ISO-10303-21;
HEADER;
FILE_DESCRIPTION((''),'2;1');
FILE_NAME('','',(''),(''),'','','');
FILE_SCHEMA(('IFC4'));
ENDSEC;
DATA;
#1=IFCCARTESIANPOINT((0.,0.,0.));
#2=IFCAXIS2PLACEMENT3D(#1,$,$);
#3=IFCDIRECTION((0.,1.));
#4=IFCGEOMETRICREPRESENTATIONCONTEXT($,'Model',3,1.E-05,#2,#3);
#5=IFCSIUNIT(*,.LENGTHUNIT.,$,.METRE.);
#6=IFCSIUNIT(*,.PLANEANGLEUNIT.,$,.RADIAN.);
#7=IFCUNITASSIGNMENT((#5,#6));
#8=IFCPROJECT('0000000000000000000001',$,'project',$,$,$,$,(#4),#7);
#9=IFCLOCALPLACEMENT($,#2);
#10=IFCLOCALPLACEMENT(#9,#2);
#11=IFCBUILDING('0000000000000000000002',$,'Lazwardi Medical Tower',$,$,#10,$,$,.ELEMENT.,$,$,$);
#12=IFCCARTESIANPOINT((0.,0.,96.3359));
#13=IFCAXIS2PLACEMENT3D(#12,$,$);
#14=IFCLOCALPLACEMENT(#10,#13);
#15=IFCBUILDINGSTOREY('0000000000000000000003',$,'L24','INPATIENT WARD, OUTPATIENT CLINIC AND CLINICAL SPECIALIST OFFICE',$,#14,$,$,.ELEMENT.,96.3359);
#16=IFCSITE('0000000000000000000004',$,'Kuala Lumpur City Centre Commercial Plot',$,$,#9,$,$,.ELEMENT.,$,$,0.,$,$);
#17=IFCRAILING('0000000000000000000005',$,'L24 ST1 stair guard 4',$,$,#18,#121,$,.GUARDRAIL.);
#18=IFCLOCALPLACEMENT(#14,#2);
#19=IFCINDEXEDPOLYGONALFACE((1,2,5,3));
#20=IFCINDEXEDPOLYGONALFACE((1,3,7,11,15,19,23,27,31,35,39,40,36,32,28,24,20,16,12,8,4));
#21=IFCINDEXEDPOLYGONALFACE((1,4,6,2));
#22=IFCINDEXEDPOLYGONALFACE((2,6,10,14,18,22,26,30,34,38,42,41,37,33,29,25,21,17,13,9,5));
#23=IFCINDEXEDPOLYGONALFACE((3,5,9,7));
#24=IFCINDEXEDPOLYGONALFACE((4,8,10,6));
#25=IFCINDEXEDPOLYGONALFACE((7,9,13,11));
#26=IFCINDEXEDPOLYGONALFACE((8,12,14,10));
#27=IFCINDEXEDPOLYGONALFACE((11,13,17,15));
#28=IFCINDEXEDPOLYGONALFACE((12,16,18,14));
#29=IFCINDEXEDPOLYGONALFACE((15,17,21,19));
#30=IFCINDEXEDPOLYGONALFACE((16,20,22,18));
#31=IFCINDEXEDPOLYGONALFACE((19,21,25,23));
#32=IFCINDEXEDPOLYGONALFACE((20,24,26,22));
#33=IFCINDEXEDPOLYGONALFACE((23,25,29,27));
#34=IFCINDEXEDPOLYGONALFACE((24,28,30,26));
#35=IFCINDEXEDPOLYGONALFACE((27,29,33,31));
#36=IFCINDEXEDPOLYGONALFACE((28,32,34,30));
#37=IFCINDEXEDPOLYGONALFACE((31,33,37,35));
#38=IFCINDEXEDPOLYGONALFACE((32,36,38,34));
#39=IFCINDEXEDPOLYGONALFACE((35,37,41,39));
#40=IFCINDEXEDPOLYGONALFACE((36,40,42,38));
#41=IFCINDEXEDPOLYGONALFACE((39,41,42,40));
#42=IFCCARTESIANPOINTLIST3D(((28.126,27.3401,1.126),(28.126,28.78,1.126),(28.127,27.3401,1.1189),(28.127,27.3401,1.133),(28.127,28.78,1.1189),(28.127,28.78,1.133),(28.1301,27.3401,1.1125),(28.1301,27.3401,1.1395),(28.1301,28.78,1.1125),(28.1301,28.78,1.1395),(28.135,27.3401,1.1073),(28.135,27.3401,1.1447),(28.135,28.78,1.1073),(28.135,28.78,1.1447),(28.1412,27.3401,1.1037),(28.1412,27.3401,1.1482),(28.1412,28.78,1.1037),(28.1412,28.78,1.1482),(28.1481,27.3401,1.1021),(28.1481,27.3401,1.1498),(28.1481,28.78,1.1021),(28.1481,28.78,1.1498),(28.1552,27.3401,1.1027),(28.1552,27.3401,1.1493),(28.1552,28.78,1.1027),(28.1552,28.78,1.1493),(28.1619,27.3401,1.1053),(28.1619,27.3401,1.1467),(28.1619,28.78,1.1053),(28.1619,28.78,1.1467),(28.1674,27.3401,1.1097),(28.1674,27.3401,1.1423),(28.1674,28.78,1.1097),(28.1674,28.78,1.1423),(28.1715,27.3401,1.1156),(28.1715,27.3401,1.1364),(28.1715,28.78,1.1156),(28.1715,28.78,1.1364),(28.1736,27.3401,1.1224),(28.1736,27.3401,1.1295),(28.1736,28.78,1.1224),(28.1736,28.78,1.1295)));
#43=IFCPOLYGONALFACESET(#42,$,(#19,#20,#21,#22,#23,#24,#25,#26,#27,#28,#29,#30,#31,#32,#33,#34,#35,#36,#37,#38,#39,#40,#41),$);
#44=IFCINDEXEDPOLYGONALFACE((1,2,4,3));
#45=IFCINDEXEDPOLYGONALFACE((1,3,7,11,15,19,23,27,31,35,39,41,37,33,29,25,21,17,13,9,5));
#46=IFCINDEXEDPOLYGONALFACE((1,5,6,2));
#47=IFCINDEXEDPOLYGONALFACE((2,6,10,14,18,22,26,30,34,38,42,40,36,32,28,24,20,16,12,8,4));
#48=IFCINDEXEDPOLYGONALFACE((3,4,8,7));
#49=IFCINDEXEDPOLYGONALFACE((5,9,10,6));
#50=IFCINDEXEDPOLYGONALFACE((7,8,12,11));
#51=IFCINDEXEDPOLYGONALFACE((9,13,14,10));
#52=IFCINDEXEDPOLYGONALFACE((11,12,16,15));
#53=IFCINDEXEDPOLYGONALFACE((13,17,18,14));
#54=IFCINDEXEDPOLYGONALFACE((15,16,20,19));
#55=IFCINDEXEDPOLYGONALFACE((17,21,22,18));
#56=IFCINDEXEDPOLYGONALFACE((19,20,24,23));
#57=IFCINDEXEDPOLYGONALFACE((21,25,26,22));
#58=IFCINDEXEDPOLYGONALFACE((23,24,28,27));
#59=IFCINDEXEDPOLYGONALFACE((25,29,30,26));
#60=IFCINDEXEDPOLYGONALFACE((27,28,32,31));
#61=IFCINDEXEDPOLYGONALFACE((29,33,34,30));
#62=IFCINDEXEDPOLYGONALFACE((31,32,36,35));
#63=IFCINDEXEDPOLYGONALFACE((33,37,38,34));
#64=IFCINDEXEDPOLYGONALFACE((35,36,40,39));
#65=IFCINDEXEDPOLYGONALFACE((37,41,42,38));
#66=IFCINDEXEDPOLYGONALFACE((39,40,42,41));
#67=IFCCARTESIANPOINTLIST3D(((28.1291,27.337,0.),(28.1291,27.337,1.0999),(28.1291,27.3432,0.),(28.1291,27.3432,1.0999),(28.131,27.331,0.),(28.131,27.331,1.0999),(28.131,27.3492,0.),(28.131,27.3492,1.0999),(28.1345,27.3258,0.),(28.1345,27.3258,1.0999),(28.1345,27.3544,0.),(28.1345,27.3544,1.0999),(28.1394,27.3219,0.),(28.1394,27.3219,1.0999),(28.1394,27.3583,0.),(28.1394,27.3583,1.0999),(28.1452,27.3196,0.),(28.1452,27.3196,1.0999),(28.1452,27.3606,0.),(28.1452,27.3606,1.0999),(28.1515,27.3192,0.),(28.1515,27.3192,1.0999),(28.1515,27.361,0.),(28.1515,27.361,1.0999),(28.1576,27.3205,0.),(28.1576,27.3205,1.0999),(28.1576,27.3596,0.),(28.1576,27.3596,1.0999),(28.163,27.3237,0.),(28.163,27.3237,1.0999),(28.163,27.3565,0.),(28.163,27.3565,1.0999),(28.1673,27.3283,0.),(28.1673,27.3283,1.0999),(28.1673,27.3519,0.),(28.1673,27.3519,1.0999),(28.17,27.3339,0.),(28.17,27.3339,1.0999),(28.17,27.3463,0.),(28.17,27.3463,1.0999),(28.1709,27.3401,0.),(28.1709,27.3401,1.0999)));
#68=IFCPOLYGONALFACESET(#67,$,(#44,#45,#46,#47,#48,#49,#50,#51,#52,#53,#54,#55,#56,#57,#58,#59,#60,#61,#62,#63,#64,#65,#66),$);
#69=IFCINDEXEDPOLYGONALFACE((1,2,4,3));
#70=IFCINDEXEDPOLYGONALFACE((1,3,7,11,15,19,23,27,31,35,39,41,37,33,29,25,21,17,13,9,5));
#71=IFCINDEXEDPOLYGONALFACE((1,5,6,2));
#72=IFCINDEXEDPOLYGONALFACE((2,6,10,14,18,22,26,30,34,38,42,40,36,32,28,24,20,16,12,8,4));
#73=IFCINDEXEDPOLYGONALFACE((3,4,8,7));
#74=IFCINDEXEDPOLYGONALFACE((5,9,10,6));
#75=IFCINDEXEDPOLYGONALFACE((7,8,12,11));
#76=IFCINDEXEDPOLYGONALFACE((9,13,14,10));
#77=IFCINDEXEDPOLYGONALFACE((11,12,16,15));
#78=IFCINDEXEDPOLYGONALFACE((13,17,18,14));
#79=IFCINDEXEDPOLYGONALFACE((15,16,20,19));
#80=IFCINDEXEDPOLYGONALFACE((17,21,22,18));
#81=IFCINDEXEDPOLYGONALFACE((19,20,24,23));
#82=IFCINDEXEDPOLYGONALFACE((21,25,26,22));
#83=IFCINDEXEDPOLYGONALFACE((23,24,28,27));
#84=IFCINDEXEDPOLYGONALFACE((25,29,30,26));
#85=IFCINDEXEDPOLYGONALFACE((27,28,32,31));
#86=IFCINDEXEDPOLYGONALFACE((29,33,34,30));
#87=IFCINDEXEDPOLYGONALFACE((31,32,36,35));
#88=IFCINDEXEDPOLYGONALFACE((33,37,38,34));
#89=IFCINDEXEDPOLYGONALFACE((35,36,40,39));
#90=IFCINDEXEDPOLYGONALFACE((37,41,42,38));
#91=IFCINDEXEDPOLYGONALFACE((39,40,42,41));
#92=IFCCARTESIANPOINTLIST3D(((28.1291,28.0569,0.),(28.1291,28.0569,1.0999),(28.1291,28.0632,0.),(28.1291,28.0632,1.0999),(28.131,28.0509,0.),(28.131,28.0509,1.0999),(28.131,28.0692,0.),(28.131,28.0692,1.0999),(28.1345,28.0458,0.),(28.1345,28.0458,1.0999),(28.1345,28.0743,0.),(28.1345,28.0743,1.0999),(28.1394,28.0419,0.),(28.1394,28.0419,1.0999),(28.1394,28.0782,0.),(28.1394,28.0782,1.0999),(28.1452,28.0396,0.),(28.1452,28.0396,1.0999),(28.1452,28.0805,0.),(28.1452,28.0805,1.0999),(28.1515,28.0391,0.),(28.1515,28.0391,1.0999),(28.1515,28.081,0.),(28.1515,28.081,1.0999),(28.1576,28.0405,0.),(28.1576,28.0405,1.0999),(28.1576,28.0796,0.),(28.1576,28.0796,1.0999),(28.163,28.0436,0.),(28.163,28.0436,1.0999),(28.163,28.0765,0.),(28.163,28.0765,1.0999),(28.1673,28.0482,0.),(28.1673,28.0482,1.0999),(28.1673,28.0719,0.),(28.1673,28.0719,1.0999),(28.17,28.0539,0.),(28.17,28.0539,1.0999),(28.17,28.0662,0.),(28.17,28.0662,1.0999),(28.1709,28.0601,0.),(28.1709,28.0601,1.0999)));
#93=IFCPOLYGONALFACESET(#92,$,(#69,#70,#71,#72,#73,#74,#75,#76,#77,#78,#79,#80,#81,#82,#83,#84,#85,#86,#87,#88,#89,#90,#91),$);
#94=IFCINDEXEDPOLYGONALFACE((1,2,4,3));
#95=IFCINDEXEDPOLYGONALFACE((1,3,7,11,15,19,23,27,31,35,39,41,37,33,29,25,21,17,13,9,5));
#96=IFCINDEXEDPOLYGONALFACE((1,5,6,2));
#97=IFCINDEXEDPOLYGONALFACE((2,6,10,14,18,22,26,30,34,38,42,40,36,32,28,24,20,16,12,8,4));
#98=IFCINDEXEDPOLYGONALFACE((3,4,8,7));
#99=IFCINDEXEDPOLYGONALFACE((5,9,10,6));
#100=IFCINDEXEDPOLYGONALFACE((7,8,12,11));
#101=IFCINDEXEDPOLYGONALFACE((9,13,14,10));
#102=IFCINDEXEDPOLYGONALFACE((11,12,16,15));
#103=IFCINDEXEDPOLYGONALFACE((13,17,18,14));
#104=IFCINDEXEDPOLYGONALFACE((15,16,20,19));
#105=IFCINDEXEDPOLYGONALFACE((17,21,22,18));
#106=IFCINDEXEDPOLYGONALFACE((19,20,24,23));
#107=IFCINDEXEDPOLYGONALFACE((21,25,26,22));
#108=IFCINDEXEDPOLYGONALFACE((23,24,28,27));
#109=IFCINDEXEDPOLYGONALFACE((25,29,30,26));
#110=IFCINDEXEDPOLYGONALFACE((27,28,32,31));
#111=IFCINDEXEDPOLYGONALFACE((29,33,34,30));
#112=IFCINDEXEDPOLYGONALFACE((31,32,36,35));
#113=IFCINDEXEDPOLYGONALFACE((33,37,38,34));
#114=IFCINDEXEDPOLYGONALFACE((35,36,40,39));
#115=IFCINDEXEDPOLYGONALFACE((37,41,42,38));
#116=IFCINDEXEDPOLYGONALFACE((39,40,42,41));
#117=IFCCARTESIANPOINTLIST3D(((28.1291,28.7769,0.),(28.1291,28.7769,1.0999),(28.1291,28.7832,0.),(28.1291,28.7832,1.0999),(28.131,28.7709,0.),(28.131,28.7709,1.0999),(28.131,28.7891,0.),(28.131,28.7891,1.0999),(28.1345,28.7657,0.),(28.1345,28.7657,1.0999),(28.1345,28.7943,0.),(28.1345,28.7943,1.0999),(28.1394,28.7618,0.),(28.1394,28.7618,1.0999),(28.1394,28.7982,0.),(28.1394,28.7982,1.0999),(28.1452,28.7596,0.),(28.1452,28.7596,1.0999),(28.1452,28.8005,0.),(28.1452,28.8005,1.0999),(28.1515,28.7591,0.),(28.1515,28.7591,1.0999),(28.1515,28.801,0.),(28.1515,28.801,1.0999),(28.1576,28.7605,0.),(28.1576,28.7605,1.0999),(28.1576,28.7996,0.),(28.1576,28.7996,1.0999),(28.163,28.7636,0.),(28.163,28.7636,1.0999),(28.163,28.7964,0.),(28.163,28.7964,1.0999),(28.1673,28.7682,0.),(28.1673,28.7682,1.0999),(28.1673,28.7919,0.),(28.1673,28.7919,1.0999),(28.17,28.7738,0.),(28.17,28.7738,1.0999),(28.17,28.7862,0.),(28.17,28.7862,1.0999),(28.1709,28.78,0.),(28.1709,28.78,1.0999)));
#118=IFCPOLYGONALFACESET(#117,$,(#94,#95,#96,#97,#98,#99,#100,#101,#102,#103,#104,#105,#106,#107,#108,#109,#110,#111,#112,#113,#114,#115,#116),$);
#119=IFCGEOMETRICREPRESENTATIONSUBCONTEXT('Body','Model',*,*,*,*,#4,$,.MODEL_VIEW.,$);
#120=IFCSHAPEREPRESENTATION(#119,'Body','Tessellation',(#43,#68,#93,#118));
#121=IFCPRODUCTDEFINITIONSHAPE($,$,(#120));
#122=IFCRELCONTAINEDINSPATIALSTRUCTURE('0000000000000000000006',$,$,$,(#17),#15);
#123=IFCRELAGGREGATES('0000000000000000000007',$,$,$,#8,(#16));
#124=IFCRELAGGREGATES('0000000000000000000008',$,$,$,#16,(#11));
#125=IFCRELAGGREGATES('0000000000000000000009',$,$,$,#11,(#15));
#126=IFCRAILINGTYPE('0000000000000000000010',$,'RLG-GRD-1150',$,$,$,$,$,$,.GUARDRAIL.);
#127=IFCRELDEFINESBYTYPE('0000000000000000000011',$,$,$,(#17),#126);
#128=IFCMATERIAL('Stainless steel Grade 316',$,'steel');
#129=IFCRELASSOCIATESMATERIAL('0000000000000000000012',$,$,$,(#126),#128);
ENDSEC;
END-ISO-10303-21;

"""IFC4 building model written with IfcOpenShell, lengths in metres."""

from ifc_helpers import new_model, si_unit, direction, frame, origin, origin_2d, place, context, subcontext, project, spatial, circle, extrude, material, type_object, element, save


model = new_model("IFC4")

# Units and contexts
model_context = context("Model", 3, precision=1e-05, world=origin(), true_north=direction((0.0, 1.0)))
body_context = subcontext(model_context, "Body", "Model", "MODEL_VIEW")
ifc_project = project(units=[si_unit("LENGTHUNIT", "METRE"), si_unit("PLANEANGLEUNIT", "RADIAN")], contexts=[model_context])

# Site, building, storey
site_placement = place(None, origin())
site = spatial("IfcSite", under=ifc_project, at=site_placement, Name="Kuala Lumpur City Centre Commercial Plot", CompositionType="ELEMENT", RefElevation=0.0)
building_placement = place(site_placement, origin())
building = spatial("IfcBuilding", under=site, at=building_placement, Name="Lazwardi Medical Tower", CompositionType="ELEMENT")
storey_placement = place(building_placement, frame((0.0, 0.0, 96.3359)))
storey = spatial("IfcBuildingStorey", under=building, at=storey_placement, Name="L24", Description="INPATIENT WARD, OUTPATIENT CLINIC AND CLINICAL SPECIALIST OFFICE", CompositionType="ELEMENT", Elevation=96.3359)

# Railing
ifc_material_1 = material(Name="Stainless steel Grade 316", Category="steel")
railing_type_1 = type_object("IfcRailingType", Name="RLG-GRD-1150", PredefinedType="GUARDRAIL", material=ifc_material_1)
railing_1_placement = place(storey_placement, frame((28.1499, 27.3401, 0.0)))
element("IfcRailing", 1, at=railing_1_placement, inside=storey, type_object=railing_type_1, Name="L24 ST1 stair guard 4", PredefinedType="GUARDRAIL", context=body_context, shape_type="SweptSolid", body=[
    extrude(circle(Radius=0.0239, at=origin_2d()), frame((0.0, 0.0, 1.126), z_axis=(0.0, 1.0, 0.0), x_axis=(-1.0, 0.0, 0.0)), (0.0, 0.0, 1.0), 1.4399),
    extrude(circle(Radius=0.021, at=origin_2d()), origin(), (0.0, 0.0, 1.0), 1.0999),
    extrude(circle(Radius=0.021, at=origin_2d()), frame((0.0, 0.72, 0.0)), (0.0, 0.0, 1.0), 1.0999),
    extrude(circle(Radius=0.021, at=origin_2d()), frame((0.0, 1.4399, 0.0)), (0.0, 0.0, 1.0), 1.0999),
])

save(model, "model.ifc")
